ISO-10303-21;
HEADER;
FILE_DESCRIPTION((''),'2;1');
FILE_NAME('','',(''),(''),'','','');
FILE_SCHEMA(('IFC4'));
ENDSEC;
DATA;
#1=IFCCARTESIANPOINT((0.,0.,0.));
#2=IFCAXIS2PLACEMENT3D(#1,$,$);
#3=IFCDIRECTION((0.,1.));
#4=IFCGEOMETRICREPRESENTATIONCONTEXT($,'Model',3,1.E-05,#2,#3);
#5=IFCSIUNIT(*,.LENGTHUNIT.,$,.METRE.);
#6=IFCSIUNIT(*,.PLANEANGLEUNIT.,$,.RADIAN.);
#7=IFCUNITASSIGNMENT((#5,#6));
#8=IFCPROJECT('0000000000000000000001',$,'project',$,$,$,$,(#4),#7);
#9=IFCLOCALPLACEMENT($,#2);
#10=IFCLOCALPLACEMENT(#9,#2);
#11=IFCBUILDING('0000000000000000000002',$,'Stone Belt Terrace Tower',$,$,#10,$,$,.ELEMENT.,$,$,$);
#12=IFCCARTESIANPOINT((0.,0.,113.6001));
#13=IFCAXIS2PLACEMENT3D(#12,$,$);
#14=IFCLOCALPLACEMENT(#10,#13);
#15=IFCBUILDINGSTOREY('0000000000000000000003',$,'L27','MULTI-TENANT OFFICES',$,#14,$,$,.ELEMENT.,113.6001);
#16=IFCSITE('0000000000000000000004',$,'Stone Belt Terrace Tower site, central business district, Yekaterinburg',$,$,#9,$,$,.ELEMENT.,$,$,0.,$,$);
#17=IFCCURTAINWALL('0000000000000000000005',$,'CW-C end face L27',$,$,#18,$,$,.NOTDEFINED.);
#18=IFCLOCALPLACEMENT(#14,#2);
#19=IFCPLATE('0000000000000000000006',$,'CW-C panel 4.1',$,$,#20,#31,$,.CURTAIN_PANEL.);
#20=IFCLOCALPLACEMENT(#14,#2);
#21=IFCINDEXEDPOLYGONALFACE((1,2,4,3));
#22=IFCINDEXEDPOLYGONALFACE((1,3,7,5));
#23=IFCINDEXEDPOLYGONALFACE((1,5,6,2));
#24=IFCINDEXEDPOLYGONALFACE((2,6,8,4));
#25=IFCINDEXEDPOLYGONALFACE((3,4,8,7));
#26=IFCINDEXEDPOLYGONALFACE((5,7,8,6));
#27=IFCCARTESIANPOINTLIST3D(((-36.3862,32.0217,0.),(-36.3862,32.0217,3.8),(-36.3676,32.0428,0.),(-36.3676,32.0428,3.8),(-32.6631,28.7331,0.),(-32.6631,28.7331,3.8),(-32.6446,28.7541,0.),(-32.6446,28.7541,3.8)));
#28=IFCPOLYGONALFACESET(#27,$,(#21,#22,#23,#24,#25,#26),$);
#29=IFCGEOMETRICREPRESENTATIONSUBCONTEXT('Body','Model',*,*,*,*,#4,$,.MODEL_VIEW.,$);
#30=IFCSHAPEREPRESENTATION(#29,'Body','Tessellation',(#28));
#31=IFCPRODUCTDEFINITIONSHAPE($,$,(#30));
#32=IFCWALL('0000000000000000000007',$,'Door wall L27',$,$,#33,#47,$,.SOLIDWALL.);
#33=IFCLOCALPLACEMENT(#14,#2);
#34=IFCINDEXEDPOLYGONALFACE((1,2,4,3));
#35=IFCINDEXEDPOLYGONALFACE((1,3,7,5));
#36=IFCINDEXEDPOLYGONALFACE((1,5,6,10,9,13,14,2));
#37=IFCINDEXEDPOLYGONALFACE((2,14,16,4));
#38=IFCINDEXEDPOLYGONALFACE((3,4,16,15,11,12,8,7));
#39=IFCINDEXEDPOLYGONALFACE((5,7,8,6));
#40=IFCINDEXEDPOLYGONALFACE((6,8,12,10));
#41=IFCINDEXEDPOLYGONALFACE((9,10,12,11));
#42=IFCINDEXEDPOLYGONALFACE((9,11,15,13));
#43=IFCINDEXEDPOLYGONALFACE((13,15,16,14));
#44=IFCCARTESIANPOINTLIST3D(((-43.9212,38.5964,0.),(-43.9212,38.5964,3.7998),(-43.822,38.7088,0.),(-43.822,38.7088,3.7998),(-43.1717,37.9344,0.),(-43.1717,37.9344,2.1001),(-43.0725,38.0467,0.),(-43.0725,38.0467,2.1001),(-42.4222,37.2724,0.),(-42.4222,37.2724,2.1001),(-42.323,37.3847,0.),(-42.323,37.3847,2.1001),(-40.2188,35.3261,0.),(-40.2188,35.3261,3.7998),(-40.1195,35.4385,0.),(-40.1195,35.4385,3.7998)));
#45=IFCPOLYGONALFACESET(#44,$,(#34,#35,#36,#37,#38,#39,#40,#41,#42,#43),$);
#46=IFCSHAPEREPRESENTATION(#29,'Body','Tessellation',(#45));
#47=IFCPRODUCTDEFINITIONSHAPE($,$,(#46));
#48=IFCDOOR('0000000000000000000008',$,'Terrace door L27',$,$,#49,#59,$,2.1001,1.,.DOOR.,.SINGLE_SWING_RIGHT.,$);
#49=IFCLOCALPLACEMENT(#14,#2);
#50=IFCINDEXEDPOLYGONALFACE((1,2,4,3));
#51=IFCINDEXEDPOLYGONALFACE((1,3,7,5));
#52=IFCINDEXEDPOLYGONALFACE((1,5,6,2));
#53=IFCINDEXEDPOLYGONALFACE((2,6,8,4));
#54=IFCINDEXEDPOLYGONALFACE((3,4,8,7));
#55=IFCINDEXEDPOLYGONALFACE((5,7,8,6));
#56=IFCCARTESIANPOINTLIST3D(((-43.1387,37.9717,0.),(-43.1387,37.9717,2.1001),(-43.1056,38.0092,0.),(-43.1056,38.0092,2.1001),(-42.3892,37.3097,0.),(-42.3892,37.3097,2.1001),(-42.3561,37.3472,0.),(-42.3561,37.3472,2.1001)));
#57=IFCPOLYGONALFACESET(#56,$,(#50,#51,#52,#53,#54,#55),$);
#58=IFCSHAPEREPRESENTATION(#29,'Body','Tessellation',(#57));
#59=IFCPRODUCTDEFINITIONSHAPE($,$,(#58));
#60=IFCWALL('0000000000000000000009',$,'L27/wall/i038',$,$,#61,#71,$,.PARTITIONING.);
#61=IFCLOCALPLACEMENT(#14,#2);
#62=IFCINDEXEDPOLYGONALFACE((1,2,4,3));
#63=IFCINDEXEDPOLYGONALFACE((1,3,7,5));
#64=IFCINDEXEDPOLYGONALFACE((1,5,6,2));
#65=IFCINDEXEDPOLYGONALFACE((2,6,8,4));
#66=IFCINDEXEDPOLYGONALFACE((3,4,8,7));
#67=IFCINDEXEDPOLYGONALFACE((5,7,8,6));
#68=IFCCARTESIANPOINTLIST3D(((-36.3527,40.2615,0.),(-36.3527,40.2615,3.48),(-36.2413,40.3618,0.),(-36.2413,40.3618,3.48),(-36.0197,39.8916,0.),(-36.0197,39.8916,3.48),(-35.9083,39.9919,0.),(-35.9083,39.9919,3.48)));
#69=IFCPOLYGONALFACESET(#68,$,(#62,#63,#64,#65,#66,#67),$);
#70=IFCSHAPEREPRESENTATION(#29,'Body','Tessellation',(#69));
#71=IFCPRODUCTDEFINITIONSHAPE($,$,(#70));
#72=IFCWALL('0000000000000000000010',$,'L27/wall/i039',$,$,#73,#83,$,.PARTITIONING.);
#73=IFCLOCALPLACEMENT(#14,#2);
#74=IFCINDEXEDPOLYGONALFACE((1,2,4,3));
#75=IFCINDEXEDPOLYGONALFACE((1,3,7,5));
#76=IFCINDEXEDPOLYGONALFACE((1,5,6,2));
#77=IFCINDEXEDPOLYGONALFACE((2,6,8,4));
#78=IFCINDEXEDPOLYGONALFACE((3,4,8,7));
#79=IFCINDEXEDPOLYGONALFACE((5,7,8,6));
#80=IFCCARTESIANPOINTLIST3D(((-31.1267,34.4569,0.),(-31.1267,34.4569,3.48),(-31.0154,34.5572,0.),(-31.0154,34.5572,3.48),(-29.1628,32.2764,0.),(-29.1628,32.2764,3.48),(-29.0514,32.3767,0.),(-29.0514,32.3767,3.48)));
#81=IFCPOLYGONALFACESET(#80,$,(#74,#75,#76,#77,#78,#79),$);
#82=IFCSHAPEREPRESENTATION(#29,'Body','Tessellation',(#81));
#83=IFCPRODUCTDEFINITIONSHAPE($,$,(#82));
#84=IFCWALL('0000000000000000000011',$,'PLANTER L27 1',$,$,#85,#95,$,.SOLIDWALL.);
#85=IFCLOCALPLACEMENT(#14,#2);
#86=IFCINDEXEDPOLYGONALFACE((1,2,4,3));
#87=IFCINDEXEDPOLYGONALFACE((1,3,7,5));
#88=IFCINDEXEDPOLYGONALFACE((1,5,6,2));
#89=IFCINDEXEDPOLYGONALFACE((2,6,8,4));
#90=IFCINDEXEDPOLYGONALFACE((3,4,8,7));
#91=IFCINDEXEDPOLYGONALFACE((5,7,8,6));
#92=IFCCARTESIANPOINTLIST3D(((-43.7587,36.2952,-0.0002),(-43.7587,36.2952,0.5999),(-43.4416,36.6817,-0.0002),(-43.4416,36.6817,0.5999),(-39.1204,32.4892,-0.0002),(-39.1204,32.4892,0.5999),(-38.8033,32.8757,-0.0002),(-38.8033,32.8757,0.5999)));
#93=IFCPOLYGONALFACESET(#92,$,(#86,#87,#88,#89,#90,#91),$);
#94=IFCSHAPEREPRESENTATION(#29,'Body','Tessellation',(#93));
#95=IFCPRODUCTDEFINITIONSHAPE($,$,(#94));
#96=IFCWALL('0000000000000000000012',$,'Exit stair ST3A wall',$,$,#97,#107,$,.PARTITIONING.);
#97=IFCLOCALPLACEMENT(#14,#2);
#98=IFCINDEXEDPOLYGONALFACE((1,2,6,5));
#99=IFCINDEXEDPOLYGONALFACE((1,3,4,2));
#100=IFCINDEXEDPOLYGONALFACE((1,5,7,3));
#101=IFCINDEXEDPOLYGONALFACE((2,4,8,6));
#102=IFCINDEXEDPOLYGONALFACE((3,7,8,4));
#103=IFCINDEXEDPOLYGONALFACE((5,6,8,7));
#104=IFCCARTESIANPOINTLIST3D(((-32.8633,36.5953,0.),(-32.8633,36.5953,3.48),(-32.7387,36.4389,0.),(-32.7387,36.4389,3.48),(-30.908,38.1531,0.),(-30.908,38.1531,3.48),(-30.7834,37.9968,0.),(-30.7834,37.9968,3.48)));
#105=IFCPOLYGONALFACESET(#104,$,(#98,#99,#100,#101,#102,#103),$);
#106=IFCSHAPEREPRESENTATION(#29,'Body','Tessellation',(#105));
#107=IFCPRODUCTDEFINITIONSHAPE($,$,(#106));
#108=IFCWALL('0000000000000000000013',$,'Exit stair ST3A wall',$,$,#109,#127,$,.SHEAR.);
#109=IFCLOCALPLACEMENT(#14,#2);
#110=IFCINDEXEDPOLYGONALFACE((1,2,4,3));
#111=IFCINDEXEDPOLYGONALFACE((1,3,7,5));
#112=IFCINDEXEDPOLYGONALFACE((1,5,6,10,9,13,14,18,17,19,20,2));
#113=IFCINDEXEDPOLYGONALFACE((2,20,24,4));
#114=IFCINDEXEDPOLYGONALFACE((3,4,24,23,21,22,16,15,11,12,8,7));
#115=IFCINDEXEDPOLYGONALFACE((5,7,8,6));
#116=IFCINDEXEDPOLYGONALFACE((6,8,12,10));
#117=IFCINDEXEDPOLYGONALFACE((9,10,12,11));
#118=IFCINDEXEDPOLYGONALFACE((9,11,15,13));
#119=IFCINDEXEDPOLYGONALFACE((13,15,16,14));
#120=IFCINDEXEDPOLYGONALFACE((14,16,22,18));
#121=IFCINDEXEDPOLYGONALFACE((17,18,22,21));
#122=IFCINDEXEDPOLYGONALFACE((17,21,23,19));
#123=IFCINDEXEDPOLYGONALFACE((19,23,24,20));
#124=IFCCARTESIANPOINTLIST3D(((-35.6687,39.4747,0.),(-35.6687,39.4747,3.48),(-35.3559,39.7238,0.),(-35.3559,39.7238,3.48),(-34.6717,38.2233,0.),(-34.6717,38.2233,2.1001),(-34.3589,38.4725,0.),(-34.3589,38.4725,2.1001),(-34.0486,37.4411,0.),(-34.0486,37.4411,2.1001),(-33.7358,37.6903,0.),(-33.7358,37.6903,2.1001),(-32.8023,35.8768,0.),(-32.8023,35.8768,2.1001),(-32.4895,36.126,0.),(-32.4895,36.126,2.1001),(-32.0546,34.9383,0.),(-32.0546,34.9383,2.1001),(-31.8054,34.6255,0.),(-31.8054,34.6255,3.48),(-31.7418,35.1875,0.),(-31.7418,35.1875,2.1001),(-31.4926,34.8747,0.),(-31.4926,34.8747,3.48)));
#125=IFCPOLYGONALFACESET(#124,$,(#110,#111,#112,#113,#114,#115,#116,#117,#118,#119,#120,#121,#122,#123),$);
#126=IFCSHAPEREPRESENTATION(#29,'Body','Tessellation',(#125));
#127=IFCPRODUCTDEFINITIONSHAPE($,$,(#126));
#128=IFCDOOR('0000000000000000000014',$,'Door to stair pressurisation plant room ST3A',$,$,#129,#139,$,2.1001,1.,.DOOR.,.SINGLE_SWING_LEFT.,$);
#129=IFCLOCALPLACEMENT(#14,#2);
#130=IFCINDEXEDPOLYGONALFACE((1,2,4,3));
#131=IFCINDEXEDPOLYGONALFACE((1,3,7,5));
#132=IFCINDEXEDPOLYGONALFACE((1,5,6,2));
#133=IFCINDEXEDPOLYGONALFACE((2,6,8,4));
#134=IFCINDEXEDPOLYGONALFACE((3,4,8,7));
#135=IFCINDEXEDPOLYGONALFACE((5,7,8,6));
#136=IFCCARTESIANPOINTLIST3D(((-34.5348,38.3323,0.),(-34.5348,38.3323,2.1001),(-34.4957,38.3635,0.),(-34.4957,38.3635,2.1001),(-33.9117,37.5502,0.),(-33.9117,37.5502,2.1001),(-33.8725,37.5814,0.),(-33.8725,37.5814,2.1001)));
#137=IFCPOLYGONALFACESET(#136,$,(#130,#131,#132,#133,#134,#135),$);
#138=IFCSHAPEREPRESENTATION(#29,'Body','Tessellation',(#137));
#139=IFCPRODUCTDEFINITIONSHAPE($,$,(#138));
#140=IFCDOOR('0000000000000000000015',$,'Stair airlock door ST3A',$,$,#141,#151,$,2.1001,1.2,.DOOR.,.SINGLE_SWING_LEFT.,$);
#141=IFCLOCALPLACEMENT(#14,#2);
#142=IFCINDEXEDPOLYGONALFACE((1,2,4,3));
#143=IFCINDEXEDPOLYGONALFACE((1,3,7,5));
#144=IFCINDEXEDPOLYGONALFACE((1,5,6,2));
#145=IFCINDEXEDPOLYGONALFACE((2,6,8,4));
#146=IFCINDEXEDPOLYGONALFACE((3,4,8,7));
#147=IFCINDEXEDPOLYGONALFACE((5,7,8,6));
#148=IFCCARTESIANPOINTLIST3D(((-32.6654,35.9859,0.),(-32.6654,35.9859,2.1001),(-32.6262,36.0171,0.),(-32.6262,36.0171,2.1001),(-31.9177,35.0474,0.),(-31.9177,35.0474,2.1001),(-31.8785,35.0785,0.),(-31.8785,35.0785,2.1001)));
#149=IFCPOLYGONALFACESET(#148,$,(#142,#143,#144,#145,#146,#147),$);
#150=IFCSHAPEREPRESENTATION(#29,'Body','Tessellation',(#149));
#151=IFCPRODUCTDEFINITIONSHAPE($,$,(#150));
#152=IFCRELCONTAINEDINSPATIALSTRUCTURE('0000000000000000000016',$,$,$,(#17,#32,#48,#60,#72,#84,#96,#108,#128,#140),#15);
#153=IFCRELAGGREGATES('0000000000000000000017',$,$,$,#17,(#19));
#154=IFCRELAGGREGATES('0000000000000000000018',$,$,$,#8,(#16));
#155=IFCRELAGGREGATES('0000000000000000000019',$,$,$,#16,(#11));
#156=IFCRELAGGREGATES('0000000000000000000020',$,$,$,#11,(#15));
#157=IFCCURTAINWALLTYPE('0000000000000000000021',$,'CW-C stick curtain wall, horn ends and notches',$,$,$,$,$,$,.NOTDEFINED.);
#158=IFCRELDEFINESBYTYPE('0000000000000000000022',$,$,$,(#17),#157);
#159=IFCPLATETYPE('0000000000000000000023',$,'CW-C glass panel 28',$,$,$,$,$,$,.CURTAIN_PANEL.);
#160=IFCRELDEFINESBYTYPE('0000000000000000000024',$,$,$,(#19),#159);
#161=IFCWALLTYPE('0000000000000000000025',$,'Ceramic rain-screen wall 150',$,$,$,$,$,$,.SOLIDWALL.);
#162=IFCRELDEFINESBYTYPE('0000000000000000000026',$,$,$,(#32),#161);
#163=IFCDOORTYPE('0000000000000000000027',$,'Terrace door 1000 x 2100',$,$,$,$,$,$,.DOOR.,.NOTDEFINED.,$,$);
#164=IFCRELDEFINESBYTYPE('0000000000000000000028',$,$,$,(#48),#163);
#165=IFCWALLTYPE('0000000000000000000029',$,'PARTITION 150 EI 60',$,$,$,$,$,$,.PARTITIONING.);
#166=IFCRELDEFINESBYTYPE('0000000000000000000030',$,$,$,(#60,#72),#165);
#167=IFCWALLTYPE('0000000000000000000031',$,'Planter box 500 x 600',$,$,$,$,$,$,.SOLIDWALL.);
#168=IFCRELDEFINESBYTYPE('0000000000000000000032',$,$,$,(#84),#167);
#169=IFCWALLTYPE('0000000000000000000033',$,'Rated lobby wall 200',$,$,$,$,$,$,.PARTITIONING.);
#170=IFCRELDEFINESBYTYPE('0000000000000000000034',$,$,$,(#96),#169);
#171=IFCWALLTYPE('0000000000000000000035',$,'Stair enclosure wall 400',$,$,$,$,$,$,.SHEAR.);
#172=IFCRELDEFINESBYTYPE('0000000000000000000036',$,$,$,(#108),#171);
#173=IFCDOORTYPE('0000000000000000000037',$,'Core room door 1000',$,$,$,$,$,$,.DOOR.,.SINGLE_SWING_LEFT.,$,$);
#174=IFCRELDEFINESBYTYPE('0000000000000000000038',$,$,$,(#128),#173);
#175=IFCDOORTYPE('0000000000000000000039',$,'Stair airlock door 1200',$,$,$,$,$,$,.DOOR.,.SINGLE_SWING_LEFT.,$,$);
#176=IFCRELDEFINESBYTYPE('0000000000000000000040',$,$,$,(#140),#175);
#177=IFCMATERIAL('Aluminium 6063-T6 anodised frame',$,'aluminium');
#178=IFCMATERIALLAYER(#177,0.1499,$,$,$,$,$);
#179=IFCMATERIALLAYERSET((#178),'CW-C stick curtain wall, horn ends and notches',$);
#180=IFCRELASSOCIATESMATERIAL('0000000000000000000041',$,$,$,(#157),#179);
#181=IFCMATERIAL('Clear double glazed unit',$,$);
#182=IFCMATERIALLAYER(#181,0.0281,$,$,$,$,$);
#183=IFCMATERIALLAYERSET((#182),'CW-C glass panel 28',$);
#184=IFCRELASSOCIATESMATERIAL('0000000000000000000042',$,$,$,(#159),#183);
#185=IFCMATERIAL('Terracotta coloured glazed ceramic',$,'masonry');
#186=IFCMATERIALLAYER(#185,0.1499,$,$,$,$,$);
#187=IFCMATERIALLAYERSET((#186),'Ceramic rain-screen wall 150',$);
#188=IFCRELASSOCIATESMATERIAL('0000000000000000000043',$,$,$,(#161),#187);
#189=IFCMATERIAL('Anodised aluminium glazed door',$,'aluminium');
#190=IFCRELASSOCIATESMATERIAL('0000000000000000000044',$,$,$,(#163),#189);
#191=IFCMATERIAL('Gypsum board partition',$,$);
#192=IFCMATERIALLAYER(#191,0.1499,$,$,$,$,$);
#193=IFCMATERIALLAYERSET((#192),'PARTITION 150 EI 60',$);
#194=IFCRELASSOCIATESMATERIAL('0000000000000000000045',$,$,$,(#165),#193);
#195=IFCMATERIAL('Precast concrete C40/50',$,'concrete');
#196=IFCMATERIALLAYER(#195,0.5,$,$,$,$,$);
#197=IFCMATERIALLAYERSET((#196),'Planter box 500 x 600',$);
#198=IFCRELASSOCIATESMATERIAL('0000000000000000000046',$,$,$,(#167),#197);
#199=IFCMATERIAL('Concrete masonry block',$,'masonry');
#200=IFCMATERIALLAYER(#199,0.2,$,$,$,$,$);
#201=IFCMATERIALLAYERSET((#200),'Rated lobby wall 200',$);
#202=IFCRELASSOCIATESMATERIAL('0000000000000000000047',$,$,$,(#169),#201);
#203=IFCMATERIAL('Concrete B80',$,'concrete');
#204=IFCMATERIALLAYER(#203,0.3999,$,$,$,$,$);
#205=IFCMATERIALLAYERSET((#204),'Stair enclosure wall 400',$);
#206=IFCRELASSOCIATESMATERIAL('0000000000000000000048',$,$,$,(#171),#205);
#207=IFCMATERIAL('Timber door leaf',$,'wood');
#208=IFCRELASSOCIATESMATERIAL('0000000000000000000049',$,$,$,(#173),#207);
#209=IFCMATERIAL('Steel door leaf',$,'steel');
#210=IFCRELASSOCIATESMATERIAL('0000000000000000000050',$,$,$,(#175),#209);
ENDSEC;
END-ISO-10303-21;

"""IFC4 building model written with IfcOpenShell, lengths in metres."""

from ifc_helpers import new_model, si_unit, direction, frame, frame_2d, origin, origin_2d, place, context, subcontext, project, spatial, rectangle, extrude, material, layer, layer_set, type_object, element, fill, aggregate, save


model = new_model("IFC4")

# Units and contexts
model_context = context("Model", 3, precision=1e-05, world=origin(), true_north=direction((0.0, 1.0)))
body_context = subcontext(model_context, "Body", "Model", "MODEL_VIEW")
ifc_project = project(units=[si_unit("LENGTHUNIT", "METRE"), si_unit("PLANEANGLEUNIT", "RADIAN")], contexts=[model_context])

# Site, building, storey
site_placement = place(None, origin())
site = spatial("IfcSite", under=ifc_project, at=site_placement, Name="Stone Belt Terrace Tower site, central business district, Yekaterinburg", CompositionType="ELEMENT", RefElevation=0.0)
building_placement = place(site_placement, origin())
building = spatial("IfcBuilding", under=site, at=building_placement, Name="Stone Belt Terrace Tower", CompositionType="ELEMENT")
storey_placement = place(building_placement, frame((0.0, 0.0, 113.6001)))
storey = spatial("IfcBuildingStorey", under=building, at=storey_placement, Name="L27", Description="MULTI-TENANT OFFICES", CompositionType="ELEMENT", Elevation=113.6001)

# Shared definitions
ifc_material_1 = material(Name="Concrete B80", Category="concrete")

# Curtain wall
ifc_material_2 = material(Name="Aluminium 6063-T6 anodised frame", Category="aluminium")
ifc_layer_1 = layer(ifc_material_2, 0.1499)
ifc_layer_set_1 = layer_set([ifc_layer_1], Name="CW-C stick curtain wall, horn ends and notches")
curtain_wall_type_1 = type_object("IfcCurtainWallType", Name="CW-C stick curtain wall, horn ends and notches", PredefinedType="NOTDEFINED", material=ifc_layer_set_1)
curtain_wall_1_placement = place(storey_placement, origin())
curtain_wall_1 = element("IfcCurtainWall", 1, at=curtain_wall_1_placement, inside=storey, type_object=curtain_wall_type_1, Name="CW-C end face L27", PredefinedType="NOTDEFINED")

# Plate
ifc_material_3 = material(Name="Clear double glazed unit")
ifc_layer_2 = layer(ifc_material_3, 0.0281)
ifc_layer_set_2 = layer_set([ifc_layer_2], Name="CW-C glass panel 28")
plate_type_1 = type_object("IfcPlateType", Name="CW-C glass panel 28", PredefinedType="CURTAIN_PANEL", material=ifc_layer_set_2)
plate_1_placement = place(storey_placement, frame((-34.5154, 30.3879, 0.0), z_axis=(0.0, 0.0, 1.0), x_axis=(0.749478, -0.66203, 0.0)))
plate_1 = element("IfcPlate", 2, at=plate_1_placement, type_object=plate_type_1, Name="CW-C panel 4.1", PredefinedType="CURTAIN_PANEL", context=body_context, shape_type="SweptSolid", body=[
    extrude(rectangle(XDim=4.9675, YDim=0.0281, at=origin_2d()), origin(), (0.0, 0.0, 1.0), 3.8),
])
aggregate(curtain_wall_1, [plate_1])

# Wall, opening, door
ifc_material_4 = material(Name="Terracotta coloured glazed ceramic", Category="masonry")
ifc_layer_3 = layer(ifc_material_4, 0.1499)
ifc_layer_set_3 = layer_set([ifc_layer_3], Name="Ceramic rain-screen wall 150")
wall_type_1 = type_object("IfcWallType", Name="Ceramic rain-screen wall 150", PredefinedType="SOLIDWALL", material=ifc_layer_set_3)
wall_1_placement = place(storey_placement, frame((-43.8716, 38.6526, 0.0), z_axis=(0.0, 0.0, 1.0), x_axis=(0.749492, -0.662014, 0.0)))
wall_1 = element("IfcWall", 3, at=wall_1_placement, inside=storey, type_object=wall_type_1, Name="Door wall L27", PredefinedType="SOLIDWALL", context=body_context, shape_type="SweptSolid", body=[
    extrude(rectangle(XDim=4.9399, YDim=0.1499, at=frame_2d((2.47, 0.0))), origin(), (0.0, 0.0, 1.0), 3.7998),
])
opening_1_placement = place(wall_1_placement, frame((1.0, 0.0, 0.0)))
opening_1 = element("IfcOpeningElement", 4, at=opening_1_placement, cuts=wall_1, PredefinedType="OPENING", context=body_context, shape_type="SweptSolid", body=[
    extrude(rectangle(XDim=1.0, YDim=2.1001, at=frame_2d((0.5, 1.05))), frame((0.0, 0.085, 0.0), z_axis=(0.0, -1.0, 0.0), x_axis=(1.0, 0.0, 0.0)), (0.0, 0.0, 1.0), 0.1699),
])
ifc_material_5 = material(Name="Anodised aluminium glazed door", Category="aluminium")
door_type_1 = type_object("IfcDoorType", Name="Terrace door 1000 x 2100", OperationType="NOTDEFINED", PredefinedType="DOOR", material=ifc_material_5)
door_1_placement = place(opening_1_placement, origin())
door_1 = element("IfcDoor", 5, at=door_1_placement, inside=storey, type_object=door_type_1, Name="Terrace door L27", OperationType="SINGLE_SWING_RIGHT", OverallHeight=2.1001, OverallWidth=1.0, PredefinedType="DOOR", context=body_context, shape_type="SweptSolid", body=[
    extrude(rectangle(XDim=1.0, YDim=2.1001, at=frame_2d((0.5, 1.05))), frame((0.0, 0.0249, 0.0), z_axis=(0.0, -1.0, 0.0), x_axis=(1.0, 0.0, 0.0)), (0.0, 0.0, 1.0), 0.05),
])
fill(opening_1, door_1)

# Walls
ifc_material_6 = material(Name="Gypsum board partition")
ifc_layer_4 = layer(ifc_material_6, 0.1499)
ifc_layer_set_4 = layer_set([ifc_layer_4], Name="PARTITION 150 EI 60")
wall_type_2 = type_object("IfcWallType", Name="PARTITION 150 EI 60", PredefinedType="PARTITIONING", material=ifc_layer_set_4)
wall_2_placement = place(storey_placement, frame((-36.2971, 40.3118, 0.0), z_axis=(0.0, 0.0, 1.0), x_axis=(0.6691, -0.743172, 0.0)))
element("IfcWall", 6, at=wall_2_placement, inside=storey, type_object=wall_type_2, Name="L27/wall/i038", PredefinedType="PARTITIONING", context=body_context, shape_type="SweptSolid", body=[
    extrude(rectangle(XDim=0.4978, YDim=0.1499, at=frame_2d((0.249, 0.0))), origin(), (0.0, 0.0, 1.0), 3.48),
])
wall_3_placement = place(storey_placement, frame((-31.071, 34.5071, 0.0), z_axis=(0.0, 0.0, 1.0), x_axis=(0.669245, -0.743042, 0.0)))
element("IfcWall", 7, at=wall_3_placement, inside=storey, type_object=wall_type_2, Name="L27/wall/i039", PredefinedType="PARTITIONING", context=body_context, shape_type="SweptSolid", body=[
    extrude(rectangle(XDim=2.9346, YDim=0.1499, at=frame_2d((1.4673, 0.0))), origin(), (0.0, 0.0, 1.0), 3.48),
])
ifc_material_7 = material(Name="Precast concrete C40/50", Category="concrete")
ifc_layer_5 = layer(ifc_material_7, 0.5)
ifc_layer_set_5 = layer_set([ifc_layer_5], Name="Planter box 500 x 600")
wall_type_3 = type_object("IfcWallType", Name="Planter box 500 x 600", PredefinedType="SOLIDWALL", material=ifc_layer_set_5)
wall_4_placement = place(storey_placement, frame((-41.281, 34.5854, -0.0002), z_axis=(0.0, 0.0, 1.0), x_axis=(0.773051, -0.634344, 0.0)))
element("IfcWall", 8, at=wall_4_placement, inside=storey, type_object=wall_type_3, Name="PLANTER L27 1", PredefinedType="SOLIDWALL", context=body_context, shape_type="SweptSolid", body=[
    extrude(rectangle(XDim=6.0, YDim=0.5, at=origin_2d()), origin(), (0.0, 0.0, 1.0), 0.6001),
])
ifc_material_8 = material(Name="Concrete masonry block", Category="masonry")
ifc_layer_6 = layer(ifc_material_8, 0.2)
ifc_layer_set_6 = layer_set([ifc_layer_6], Name="Rated lobby wall 200")
wall_type_4 = type_object("IfcWallType", Name="Rated lobby wall 200", PredefinedType="PARTITIONING", material=ifc_layer_set_6)
wall_5_placement = place(storey_placement, frame((-30.8457, 38.075, 0.0), z_axis=(0.0, 0.0, 1.0), x_axis=(-0.782115, -0.623134, 0.0)))
element("IfcWall", 9, at=wall_5_placement, inside=storey, type_object=wall_type_4, Name="Exit stair ST3A wall", PredefinedType="PARTITIONING", context=body_context, shape_type="SweptSolid", body=[
    extrude(rectangle(XDim=2.5, YDim=0.2, at=frame_2d((1.25, 0.0))), origin(), (0.0, 0.0, 1.0), 3.48),
])

# Wall, openings, doors
ifc_layer_7 = layer(ifc_material_1, 0.3999)
ifc_layer_set_7 = layer_set([ifc_layer_7], Name="Stair enclosure wall 400")
wall_type_5 = type_object("IfcWallType", Name="Stair enclosure wall 400", PredefinedType="SHEAR", material=ifc_layer_set_7)
wall_6_placement = place(storey_placement, frame((-31.6489, 34.75, 0.0), z_axis=(0.0, 0.0, 1.0), x_axis=(-0.623119, 0.782127, 0.0)))
wall_6 = element("IfcWall", 10, at=wall_6_placement, inside=storey, type_object=wall_type_5, Name="Exit stair ST3A wall", PredefinedType="SHEAR", context=body_context, shape_type="SweptSolid", body=[
    extrude(rectangle(XDim=6.2, YDim=0.3999, at=frame_2d((3.1001, 0.0))), origin(), (0.0, 0.0, 1.0), 3.48),
])
opening_2_placement = place(wall_6_placement, frame((0.3999, 0.0, 0.0)))
opening_2 = element("IfcOpeningElement", 11, at=opening_2_placement, cuts=wall_6, PredefinedType="OPENING", context=body_context, shape_type="SweptSolid", body=[
    extrude(rectangle(XDim=1.2, YDim=2.1001, at=frame_2d((0.6001, 1.05))), frame((0.0, 0.21, 0.0), z_axis=(0.0, -1.0, 0.0), x_axis=(1.0, 0.0, 0.0)), (0.0, 0.0, 1.0), 0.4199),
])
opening_3_placement = place(wall_6_placement, frame((3.6001, 0.0, 0.0)))
opening_3 = element("IfcOpeningElement", 12, at=opening_3_placement, cuts=wall_6, PredefinedType="OPENING", context=body_context, shape_type="SweptSolid", body=[
    extrude(rectangle(XDim=1.0, YDim=2.1001, at=frame_2d((0.5, 1.05))), frame((0.0, 0.21, 0.0), z_axis=(0.0, -1.0, 0.0), x_axis=(1.0, 0.0, 0.0)), (0.0, 0.0, 1.0), 0.4199),
])
ifc_material_9 = material(Name="Timber door leaf", Category="wood")
door_type_2 = type_object("IfcDoorType", Name="Core room door 1000", OperationType="SINGLE_SWING_LEFT", PredefinedType="DOOR", material=ifc_material_9)
door_2_placement = place(opening_3_placement, origin())
door_2 = element("IfcDoor", 13, at=door_2_placement, inside=storey, type_object=door_type_2, Name="Door to stair pressurisation plant room ST3A", OperationType="SINGLE_SWING_LEFT", OverallHeight=2.1001, OverallWidth=1.0, PredefinedType="DOOR", context=body_context, shape_type="SweptSolid", body=[
    extrude(rectangle(XDim=1.0, YDim=2.1001, at=frame_2d((0.5, 1.05))), frame((0.0, 0.0249, 0.0), z_axis=(0.0, -1.0, 0.0), x_axis=(1.0, 0.0, 0.0)), (0.0, 0.0, 1.0), 0.05),
])
fill(opening_3, door_2)
ifc_material_10 = material(Name="Steel door leaf", Category="steel")
door_type_3 = type_object("IfcDoorType", Name="Stair airlock door 1200", OperationType="SINGLE_SWING_LEFT", PredefinedType="DOOR", material=ifc_material_10)
door_3_placement = place(opening_2_placement, origin())
door_3 = element("IfcDoor", 14, at=door_3_placement, inside=storey, type_object=door_type_3, Name="Stair airlock door ST3A", OperationType="SINGLE_SWING_LEFT", OverallHeight=2.1001, OverallWidth=1.2, PredefinedType="DOOR", context=body_context, shape_type="SweptSolid", body=[
    extrude(rectangle(XDim=1.2, YDim=2.1001, at=frame_2d((0.6001, 1.05))), frame((0.0, 0.0249, 0.0), z_axis=(0.0, -1.0, 0.0), x_axis=(1.0, 0.0, 0.0)), (0.0, 0.0, 1.0), 0.05),
])
fill(opening_2, door_3)

save(model, "model.ifc")
